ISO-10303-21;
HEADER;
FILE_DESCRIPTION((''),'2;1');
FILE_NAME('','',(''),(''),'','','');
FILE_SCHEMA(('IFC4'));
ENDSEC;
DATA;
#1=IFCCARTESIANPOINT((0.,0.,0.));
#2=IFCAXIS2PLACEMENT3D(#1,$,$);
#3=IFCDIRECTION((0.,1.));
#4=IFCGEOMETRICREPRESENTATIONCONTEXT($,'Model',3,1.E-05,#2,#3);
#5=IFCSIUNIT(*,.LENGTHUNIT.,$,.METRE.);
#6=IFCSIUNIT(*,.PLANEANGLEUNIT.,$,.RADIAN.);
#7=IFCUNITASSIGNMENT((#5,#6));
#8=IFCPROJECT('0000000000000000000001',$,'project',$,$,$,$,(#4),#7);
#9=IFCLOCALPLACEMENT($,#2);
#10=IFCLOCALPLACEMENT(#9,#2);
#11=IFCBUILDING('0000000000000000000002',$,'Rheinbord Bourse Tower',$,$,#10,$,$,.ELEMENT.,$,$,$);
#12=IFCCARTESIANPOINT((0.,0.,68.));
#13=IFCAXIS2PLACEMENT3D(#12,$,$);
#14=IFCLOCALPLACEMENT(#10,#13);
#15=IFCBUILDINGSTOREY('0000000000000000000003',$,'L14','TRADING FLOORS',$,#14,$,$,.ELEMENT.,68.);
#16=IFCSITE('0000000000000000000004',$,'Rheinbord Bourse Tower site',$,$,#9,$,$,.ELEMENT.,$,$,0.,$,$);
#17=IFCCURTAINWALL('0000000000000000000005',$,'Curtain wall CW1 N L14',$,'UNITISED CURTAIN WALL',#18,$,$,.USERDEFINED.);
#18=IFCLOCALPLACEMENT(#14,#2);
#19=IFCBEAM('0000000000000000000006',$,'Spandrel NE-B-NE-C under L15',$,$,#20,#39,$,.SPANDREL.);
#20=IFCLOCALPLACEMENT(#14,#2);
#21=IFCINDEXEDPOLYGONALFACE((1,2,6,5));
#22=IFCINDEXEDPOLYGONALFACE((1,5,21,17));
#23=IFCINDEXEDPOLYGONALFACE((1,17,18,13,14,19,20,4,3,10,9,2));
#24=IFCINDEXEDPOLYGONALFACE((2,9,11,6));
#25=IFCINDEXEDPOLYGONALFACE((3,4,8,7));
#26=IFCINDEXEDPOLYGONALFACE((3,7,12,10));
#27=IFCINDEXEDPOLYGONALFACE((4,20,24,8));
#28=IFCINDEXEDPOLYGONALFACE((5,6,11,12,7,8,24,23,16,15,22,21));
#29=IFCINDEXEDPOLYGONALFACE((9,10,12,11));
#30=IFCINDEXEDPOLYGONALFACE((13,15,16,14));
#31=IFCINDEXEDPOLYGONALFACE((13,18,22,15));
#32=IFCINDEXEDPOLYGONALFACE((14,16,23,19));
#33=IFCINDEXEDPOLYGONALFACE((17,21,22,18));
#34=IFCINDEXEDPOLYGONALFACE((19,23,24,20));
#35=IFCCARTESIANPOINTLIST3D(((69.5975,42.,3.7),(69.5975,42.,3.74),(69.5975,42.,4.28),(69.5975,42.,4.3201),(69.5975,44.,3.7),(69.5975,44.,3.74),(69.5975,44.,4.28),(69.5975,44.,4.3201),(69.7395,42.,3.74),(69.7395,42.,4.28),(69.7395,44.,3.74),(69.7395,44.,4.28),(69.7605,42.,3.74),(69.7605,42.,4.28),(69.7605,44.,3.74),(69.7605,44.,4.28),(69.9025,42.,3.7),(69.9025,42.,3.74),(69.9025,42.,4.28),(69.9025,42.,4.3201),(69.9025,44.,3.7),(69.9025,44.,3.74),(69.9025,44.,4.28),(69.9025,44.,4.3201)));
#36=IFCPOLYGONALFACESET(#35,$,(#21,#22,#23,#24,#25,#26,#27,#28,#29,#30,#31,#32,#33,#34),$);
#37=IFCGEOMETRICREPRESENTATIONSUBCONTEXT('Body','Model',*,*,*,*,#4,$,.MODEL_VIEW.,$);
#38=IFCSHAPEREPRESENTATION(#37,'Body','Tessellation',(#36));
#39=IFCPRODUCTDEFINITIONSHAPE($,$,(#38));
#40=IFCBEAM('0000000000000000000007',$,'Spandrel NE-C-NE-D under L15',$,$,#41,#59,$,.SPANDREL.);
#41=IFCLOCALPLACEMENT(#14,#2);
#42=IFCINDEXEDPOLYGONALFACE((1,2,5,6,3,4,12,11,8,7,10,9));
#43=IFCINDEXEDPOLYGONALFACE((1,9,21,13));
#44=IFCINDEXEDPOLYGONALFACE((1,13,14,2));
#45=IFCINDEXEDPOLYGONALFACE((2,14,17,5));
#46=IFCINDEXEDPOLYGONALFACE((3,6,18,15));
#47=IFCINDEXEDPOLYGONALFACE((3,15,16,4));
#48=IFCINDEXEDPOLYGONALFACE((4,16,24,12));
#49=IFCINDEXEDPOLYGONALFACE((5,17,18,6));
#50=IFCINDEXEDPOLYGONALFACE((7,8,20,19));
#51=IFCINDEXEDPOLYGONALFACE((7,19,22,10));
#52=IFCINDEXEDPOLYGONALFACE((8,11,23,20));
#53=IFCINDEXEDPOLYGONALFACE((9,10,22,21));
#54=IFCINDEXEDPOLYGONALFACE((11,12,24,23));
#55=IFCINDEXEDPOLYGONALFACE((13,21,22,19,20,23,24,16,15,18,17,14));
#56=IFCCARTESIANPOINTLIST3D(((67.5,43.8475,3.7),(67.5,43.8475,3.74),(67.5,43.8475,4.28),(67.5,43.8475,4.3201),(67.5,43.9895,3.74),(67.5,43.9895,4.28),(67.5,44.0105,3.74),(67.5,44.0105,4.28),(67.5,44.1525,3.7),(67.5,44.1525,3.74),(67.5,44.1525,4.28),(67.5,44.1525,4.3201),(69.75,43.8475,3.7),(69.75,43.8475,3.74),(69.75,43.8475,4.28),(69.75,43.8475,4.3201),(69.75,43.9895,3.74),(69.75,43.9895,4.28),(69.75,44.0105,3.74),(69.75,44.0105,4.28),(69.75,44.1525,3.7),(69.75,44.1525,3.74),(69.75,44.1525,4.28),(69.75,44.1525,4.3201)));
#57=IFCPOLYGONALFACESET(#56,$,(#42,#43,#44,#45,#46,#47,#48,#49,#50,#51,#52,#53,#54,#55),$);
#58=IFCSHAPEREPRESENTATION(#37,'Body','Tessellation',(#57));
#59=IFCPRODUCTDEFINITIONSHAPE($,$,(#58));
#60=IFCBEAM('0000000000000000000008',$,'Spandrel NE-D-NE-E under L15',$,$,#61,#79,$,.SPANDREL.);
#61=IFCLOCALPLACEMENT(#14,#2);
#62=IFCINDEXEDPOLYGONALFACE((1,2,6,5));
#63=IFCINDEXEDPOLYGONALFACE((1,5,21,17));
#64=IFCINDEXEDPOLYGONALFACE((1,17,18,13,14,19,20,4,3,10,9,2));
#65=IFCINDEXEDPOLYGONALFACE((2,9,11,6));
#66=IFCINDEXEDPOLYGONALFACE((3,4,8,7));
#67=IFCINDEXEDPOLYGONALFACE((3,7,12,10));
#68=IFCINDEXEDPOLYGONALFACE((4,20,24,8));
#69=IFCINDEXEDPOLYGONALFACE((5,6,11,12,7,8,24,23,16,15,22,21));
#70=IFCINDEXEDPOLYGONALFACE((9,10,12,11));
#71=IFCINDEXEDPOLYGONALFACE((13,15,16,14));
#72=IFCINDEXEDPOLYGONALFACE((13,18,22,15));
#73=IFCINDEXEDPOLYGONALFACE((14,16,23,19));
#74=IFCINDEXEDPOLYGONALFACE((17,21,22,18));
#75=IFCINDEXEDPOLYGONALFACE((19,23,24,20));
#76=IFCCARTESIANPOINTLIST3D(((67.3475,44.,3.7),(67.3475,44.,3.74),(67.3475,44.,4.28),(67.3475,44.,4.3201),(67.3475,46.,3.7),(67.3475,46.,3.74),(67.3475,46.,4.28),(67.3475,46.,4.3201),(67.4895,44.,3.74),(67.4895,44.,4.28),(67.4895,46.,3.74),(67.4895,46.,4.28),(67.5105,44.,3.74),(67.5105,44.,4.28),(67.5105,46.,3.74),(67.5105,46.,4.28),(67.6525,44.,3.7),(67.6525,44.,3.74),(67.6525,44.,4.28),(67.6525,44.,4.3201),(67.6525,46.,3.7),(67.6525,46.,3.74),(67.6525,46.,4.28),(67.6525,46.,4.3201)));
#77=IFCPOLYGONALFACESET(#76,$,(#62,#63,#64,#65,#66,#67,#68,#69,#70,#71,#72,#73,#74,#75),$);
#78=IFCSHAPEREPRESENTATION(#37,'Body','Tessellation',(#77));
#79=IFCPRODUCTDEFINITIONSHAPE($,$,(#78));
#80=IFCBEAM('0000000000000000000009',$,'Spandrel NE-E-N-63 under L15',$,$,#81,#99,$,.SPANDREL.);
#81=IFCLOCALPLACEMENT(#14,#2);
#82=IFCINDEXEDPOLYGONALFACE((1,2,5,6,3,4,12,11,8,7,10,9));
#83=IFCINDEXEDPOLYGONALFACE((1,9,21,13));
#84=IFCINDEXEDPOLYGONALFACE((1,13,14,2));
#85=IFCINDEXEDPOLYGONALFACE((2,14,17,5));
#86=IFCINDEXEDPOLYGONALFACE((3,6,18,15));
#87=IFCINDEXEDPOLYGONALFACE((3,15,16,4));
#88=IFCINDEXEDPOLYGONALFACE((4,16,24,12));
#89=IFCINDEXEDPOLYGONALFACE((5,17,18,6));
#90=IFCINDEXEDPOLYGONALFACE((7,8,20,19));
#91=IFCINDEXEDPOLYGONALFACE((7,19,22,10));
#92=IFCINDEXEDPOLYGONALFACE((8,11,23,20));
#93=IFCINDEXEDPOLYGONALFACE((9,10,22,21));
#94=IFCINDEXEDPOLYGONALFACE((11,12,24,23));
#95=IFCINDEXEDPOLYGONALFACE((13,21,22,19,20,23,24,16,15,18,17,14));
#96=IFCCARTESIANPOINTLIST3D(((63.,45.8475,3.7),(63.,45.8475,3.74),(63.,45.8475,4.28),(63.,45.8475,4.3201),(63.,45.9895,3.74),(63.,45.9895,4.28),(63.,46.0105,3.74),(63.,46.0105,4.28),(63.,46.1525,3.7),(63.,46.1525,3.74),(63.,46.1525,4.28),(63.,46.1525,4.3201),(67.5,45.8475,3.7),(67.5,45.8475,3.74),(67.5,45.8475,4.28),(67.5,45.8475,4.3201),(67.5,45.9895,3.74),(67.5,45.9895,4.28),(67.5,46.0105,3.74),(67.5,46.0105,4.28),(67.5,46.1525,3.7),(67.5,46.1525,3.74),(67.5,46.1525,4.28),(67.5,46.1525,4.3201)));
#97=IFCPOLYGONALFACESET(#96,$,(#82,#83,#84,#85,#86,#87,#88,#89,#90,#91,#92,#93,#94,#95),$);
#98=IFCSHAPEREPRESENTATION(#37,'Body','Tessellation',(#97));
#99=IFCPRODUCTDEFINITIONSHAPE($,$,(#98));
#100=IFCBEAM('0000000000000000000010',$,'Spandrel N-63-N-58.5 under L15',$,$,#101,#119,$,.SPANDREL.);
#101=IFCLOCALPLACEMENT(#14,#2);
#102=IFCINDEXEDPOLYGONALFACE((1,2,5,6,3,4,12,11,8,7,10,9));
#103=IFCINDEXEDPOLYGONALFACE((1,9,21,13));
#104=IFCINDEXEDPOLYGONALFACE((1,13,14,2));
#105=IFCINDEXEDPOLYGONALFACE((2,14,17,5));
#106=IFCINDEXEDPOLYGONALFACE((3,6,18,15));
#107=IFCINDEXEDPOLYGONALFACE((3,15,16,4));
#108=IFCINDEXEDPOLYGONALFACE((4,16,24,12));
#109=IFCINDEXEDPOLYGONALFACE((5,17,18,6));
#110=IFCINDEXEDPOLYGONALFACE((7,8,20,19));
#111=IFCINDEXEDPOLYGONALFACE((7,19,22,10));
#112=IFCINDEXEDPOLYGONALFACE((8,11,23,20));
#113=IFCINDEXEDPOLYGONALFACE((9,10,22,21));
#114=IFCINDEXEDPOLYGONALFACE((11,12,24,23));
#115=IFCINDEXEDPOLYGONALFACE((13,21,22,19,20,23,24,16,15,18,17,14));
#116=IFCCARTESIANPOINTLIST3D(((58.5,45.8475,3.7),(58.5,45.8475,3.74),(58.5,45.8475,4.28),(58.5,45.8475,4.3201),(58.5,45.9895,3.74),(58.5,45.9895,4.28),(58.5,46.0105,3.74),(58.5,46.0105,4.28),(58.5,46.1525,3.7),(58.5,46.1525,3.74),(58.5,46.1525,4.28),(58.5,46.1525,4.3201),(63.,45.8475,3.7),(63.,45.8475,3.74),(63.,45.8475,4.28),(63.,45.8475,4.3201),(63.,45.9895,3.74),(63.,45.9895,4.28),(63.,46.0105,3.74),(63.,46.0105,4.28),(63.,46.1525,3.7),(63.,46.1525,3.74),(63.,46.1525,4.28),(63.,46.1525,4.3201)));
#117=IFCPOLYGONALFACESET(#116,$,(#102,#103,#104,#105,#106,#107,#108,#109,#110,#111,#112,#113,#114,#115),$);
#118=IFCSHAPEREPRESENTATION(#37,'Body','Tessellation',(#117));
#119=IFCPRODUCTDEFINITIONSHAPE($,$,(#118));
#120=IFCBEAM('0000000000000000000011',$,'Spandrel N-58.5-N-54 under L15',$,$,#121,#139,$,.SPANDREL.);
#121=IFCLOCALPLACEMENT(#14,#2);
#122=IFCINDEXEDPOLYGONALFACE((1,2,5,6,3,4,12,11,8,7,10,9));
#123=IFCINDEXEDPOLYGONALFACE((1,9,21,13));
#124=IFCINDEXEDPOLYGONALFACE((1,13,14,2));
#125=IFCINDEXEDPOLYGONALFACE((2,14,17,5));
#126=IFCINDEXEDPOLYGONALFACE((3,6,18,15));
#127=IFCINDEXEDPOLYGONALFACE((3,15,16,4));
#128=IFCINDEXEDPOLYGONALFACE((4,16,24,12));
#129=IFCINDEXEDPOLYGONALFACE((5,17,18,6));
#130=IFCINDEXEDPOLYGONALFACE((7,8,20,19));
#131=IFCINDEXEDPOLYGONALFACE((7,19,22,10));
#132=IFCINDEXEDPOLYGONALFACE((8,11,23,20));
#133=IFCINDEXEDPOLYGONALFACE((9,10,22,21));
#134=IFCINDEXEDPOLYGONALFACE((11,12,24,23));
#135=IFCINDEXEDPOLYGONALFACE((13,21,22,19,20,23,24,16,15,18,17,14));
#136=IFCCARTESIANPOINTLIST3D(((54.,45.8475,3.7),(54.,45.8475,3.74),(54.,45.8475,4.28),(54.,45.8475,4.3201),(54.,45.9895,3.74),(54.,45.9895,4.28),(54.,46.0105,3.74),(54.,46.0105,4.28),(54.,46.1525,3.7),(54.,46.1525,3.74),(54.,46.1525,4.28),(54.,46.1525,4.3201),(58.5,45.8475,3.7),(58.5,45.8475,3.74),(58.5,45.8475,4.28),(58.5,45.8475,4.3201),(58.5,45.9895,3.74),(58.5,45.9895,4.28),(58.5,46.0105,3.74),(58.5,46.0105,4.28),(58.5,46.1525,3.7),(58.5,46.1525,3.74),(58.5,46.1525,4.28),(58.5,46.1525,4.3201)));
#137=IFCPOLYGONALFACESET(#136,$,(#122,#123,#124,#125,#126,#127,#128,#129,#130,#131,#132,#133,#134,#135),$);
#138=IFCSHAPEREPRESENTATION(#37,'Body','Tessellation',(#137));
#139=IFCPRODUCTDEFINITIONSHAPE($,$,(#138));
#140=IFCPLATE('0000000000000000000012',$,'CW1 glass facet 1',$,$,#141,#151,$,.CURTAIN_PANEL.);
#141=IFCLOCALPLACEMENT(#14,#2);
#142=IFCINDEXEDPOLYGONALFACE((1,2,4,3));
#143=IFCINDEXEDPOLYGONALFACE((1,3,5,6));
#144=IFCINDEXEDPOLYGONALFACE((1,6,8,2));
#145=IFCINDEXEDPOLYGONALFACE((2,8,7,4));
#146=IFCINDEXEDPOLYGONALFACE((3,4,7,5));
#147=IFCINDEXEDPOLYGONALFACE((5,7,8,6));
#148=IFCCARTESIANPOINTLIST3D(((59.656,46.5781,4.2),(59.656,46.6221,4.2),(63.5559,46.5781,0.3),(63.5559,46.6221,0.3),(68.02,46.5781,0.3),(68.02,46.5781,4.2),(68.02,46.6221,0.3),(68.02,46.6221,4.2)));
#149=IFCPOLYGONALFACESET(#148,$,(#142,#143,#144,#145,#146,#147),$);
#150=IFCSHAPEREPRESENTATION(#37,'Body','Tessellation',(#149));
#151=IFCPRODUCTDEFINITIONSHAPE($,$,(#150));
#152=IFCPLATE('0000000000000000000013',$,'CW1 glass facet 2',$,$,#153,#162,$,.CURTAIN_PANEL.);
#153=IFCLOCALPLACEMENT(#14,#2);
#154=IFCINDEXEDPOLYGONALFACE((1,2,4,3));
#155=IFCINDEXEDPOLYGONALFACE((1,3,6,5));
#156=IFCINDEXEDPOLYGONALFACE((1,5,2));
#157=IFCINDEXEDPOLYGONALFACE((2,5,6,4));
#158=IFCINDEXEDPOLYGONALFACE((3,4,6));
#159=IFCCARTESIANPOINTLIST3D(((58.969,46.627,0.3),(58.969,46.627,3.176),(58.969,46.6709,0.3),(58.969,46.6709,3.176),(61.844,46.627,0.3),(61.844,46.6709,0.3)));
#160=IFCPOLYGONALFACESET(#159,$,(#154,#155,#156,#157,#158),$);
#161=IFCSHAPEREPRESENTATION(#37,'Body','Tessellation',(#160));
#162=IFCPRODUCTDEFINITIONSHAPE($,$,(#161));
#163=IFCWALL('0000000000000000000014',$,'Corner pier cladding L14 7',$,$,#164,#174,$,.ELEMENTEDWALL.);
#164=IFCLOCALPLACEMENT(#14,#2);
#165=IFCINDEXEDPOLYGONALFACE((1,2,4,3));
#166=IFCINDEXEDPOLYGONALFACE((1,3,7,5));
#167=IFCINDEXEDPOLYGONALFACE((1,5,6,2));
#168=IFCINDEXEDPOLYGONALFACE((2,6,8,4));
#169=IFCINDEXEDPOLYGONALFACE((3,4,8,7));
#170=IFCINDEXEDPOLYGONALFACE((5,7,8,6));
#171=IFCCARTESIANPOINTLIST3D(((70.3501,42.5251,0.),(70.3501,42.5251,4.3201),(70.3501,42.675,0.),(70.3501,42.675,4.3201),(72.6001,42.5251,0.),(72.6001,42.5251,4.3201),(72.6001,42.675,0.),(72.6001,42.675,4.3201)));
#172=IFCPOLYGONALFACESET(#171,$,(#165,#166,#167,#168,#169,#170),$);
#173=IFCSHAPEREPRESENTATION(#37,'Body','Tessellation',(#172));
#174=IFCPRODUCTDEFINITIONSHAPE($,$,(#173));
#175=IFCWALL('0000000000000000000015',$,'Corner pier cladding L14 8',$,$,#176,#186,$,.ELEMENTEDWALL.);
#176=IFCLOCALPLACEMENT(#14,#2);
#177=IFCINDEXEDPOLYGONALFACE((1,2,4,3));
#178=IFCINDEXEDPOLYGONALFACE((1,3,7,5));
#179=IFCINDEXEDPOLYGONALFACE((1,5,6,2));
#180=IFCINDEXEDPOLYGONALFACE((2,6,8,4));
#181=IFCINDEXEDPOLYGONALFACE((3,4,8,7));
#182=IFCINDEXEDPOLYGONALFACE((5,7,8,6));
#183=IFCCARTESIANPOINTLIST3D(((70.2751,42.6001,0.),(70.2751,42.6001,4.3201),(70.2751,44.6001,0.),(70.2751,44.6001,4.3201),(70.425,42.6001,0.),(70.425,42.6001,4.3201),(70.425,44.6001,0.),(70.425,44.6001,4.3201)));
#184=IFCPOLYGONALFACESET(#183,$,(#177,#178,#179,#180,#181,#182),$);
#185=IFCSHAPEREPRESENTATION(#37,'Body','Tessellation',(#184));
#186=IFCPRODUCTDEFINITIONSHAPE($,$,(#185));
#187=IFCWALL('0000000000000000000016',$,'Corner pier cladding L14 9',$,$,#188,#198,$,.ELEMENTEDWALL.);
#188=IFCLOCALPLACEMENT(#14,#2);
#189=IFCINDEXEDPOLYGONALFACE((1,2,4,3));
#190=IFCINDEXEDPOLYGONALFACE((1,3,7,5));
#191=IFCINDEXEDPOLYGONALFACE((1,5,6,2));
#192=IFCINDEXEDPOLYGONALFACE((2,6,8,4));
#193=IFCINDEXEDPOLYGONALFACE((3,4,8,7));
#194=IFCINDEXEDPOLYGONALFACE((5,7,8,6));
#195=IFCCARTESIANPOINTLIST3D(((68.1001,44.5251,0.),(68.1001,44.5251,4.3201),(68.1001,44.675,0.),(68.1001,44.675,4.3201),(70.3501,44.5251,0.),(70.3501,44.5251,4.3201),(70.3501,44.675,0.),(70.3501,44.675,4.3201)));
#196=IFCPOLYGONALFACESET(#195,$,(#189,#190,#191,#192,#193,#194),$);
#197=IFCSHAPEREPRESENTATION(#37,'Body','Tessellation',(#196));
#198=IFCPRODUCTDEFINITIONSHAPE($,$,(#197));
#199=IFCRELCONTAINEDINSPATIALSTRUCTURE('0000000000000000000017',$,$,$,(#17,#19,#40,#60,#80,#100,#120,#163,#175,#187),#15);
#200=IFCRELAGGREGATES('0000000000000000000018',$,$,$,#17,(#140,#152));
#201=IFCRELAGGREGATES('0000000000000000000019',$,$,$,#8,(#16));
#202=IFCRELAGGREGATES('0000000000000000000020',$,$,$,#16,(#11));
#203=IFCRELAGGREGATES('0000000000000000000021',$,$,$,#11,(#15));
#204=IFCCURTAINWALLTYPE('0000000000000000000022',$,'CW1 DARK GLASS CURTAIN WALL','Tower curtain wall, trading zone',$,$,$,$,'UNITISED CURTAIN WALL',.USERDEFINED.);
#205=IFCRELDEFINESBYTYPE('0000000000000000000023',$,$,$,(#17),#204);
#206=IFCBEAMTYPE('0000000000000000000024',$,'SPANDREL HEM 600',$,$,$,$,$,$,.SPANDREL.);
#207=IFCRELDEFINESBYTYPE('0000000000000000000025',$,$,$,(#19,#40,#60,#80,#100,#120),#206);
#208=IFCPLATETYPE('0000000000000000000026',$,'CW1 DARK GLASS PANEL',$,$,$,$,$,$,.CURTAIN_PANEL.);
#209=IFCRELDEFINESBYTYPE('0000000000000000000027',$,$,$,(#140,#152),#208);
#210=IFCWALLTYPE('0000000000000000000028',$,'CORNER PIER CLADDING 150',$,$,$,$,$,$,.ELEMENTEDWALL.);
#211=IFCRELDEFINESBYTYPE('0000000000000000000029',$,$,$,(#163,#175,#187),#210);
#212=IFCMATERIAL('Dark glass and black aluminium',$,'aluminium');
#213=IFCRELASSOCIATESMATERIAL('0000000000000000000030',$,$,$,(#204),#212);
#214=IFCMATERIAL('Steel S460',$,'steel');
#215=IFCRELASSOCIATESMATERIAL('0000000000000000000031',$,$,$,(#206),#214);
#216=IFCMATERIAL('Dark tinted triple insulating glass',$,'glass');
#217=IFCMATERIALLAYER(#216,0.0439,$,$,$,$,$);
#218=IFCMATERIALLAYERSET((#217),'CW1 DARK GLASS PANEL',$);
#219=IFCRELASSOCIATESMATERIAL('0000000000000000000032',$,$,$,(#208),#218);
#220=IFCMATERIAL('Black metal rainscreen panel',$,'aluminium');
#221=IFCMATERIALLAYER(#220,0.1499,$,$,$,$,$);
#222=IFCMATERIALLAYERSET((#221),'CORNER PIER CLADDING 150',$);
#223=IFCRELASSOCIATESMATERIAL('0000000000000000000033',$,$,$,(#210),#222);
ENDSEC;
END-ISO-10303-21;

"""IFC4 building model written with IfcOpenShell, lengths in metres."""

from ifc_helpers import new_model, si_unit, direction, frame, frame_2d, origin, origin_2d, place, context, subcontext, project, spatial, polyline, rectangle, i_section, outline, extrude, material, layer, layer_set, material_profile, profile_set, type_object, element, aggregate, save


model = new_model("IFC4")

# Units and contexts
model_context = context("Model", 3, precision=1e-05, world=origin(), true_north=direction((0.0, 1.0)))
body_context = subcontext(model_context, "Body", "Model", "MODEL_VIEW")
ifc_project = project(units=[si_unit("LENGTHUNIT", "METRE"), si_unit("PLANEANGLEUNIT", "RADIAN")], contexts=[model_context])

# Site, building, storey
site_placement = place(None, origin())
site = spatial("IfcSite", under=ifc_project, at=site_placement, Name="Rheinbord Bourse Tower site", CompositionType="ELEMENT", RefElevation=0.0)
building_placement = place(site_placement, origin())
building = spatial("IfcBuilding", under=site, at=building_placement, Name="Rheinbord Bourse Tower", CompositionType="ELEMENT")
storey_placement = place(building_placement, frame((0.0, 0.0, 68.0)))
storey = spatial("IfcBuildingStorey", under=building, at=storey_placement, Name="L14", Description="TRADING FLOORS", CompositionType="ELEMENT", Elevation=68.0)

# Curtain wall
ifc_material_1 = material(Name="Dark glass and black aluminium", Category="aluminium")
curtain_wall_type = type_object("IfcCurtainWallType", Name="CW1 DARK GLASS CURTAIN WALL", Description="Tower curtain wall, trading zone", ElementType="UNITISED CURTAIN WALL", PredefinedType="USERDEFINED", material=ifc_material_1)
curtain_wall_1_placement = place(storey_placement, origin())
curtain_wall_1 = element("IfcCurtainWall", 1, at=curtain_wall_1_placement, inside=storey, type_object=curtain_wall_type, Name="Curtain wall CW1 N L14", ObjectType="UNITISED CURTAIN WALL", PredefinedType="USERDEFINED")

# Beams
ifc_material_2 = material(Name="Steel S460", Category="steel")
ifc_material_profile_1 = material_profile(ifc_material_2, i_section(OverallWidth=0.3049, OverallDepth=0.6201, WebThickness=0.021, FlangeThickness=0.04, at=origin_2d()), Name="HEM 600")
ifc_profile_set_1 = profile_set([ifc_material_profile_1], Name="Steel S460")
beam_type_1 = type_object("IfcBeamType", Name="SPANDREL HEM 600", PredefinedType="SPANDREL", material=ifc_profile_set_1)
beam_1_placement = place(storey_placement, frame((69.75, 42.0, 4.01), z_axis=(0.0, 1.0, 0.0), x_axis=(-1.0, 0.0, 0.0)))
element("IfcBeam", 2, at=beam_1_placement, inside=storey, type_object=beam_type_1, Name="Spandrel NE-B-NE-C under L15", PredefinedType="SPANDREL", context=body_context, shape_type="SweptSolid", body=[
    extrude(i_section(OverallWidth=0.3049, OverallDepth=0.6201, WebThickness=0.021, FlangeThickness=0.04, at=origin_2d()), origin(), (0.0, 0.0, 1.0), 2.0),
])
beam_2_placement = place(storey_placement, frame((69.75, 44.0, 4.01), z_axis=(-1.0, 0.0, 0.0), x_axis=(0.0, -1.0, 0.0)))
element("IfcBeam", 3, at=beam_2_placement, inside=storey, type_object=beam_type_1, Name="Spandrel NE-C-NE-D under L15", PredefinedType="SPANDREL", context=body_context, shape_type="SweptSolid", body=[
    extrude(i_section(OverallWidth=0.3049, OverallDepth=0.6201, WebThickness=0.021, FlangeThickness=0.04, at=origin_2d()), origin(), (0.0, 0.0, 1.0), 2.25),
])
beam_3_placement = place(storey_placement, frame((67.5, 44.0, 4.01), z_axis=(0.0, 1.0, 0.0), x_axis=(-1.0, 0.0, 0.0)))
element("IfcBeam", 4, at=beam_3_placement, inside=storey, type_object=beam_type_1, Name="Spandrel NE-D-NE-E under L15", PredefinedType="SPANDREL", context=body_context, shape_type="SweptSolid", body=[
    extrude(i_section(OverallWidth=0.3049, OverallDepth=0.6201, WebThickness=0.021, FlangeThickness=0.04, at=origin_2d()), origin(), (0.0, 0.0, 1.0), 2.0),
])
for number, where, z_axis, x_axis, name in (
    (5, (67.5, 46.0, 4.01), (-1.0, 0.0, 0.0), (0.0, -1.0, 0.0), "Spandrel NE-E-N-63 under L15"),
    (6, (63.0, 46.0, 4.01), (-1.0, 0.0, 0.0), (0.0, -1.0, 0.0), "Spandrel N-63-N-58.5 under L15"),
    (7, (58.5, 46.0, 4.01), (-1.0, 0.0, 0.0), (0.0, -1.0, 0.0), "Spandrel N-58.5-N-54 under L15"),
):
    element("IfcBeam", number, at=place(storey_placement, frame(where, z_axis=z_axis, x_axis=x_axis)), inside=storey, type_object=beam_type_1, Name=name, PredefinedType="SPANDREL", context=body_context, shape_type="SweptSolid", body=[
        extrude(i_section(OverallWidth=0.3049, OverallDepth=0.6201, WebThickness=0.021, FlangeThickness=0.04, at=origin_2d()), origin(), (0.0, 0.0, 1.0), 4.5),
    ])

# Plates
ifc_material_3 = material(Name="Dark tinted triple insulating glass", Category="glass")
ifc_layer_1 = layer(ifc_material_3, 0.0439)
ifc_layer_set_1 = layer_set([ifc_layer_1], Name="CW1 DARK GLASS PANEL")
plate_type = type_object("IfcPlateType", Name="CW1 DARK GLASS PANEL", PredefinedType="CURTAIN_PANEL", material=ifc_layer_set_1)
plate_1_placement = place(storey_placement, frame((68.02, 46.6221, 0.3), z_axis=(0.0, -1.0, 0.0), x_axis=(0.0, 0.0, 1.0)))
plate_1 = element("IfcPlate", 8, at=plate_1_placement, type_object=plate_type, Name="CW1 glass facet 1", PredefinedType="CURTAIN_PANEL", context=body_context, shape_type="SweptSolid", body=[
    extrude(outline(polyline([(0.0, 0.0), (3.8999, 0.0), (3.8999, 8.364), (0.0, 4.4641), (0.0, 0.0)])), origin(), (0.0, 0.0, 1.0), 0.0439),
])
plate_2_placement = place(storey_placement, frame((58.969, 46.6709, 0.3), z_axis=(0.0, -1.0, 0.0), x_axis=(1.0, 0.0, 0.0)))
plate_2 = element("IfcPlate", 9, at=plate_2_placement, type_object=plate_type, Name="CW1 glass facet 2", PredefinedType="CURTAIN_PANEL", context=body_context, shape_type="SweptSolid", body=[
    extrude(outline(polyline([(0.0, 0.0), (2.875, 0.0), (0.0, 2.876), (0.0, 0.0)])), origin(), (0.0, 0.0, 1.0), 0.0439),
])
aggregate(curtain_wall_1, [plate_1, plate_2])

# Walls
ifc_material_4 = material(Name="Black metal rainscreen panel", Category="aluminium")
ifc_layer_2 = layer(ifc_material_4, 0.1499)
ifc_layer_set_2 = layer_set([ifc_layer_2], Name="CORNER PIER CLADDING 150")
wall_type = type_object("IfcWallType", Name="CORNER PIER CLADDING 150", PredefinedType="ELEMENTEDWALL", material=ifc_layer_set_2)
wall_1_placement = place(storey_placement, frame((72.6001, 42.6001, 0.0), z_axis=(0.0, 0.0, 1.0), x_axis=(-1.0, 0.0, 0.0)))
element("IfcWall", 10, at=wall_1_placement, inside=storey, type_object=wall_type, Name="Corner pier cladding L14 7", PredefinedType="ELEMENTEDWALL", context=body_context, shape_type="SweptSolid", body=[
    extrude(rectangle(XDim=2.25, YDim=0.1499, at=frame_2d((1.125, 0.0))), origin(), (0.0, 0.0, 1.0), 4.3201),
])
wall_2_placement = place(storey_placement, frame((70.3501, 42.6001, 0.0), z_axis=(0.0, 0.0, 1.0), x_axis=(0.0, 1.0, 0.0)))
element("IfcWall", 11, at=wall_2_placement, inside=storey, type_object=wall_type, Name="Corner pier cladding L14 8", PredefinedType="ELEMENTEDWALL", context=body_context, shape_type="SweptSolid", body=[
    extrude(rectangle(XDim=2.0, YDim=0.1499, at=frame_2d((1.0, 0.0))), origin(), (0.0, 0.0, 1.0), 4.3201),
])
wall_3_placement = place(storey_placement, frame((70.3501, 44.6001, 0.0), z_axis=(0.0, 0.0, 1.0), x_axis=(-1.0, 0.0, 0.0)))
element("IfcWall", 12, at=wall_3_placement, inside=storey, type_object=wall_type, Name="Corner pier cladding L14 9", PredefinedType="ELEMENTEDWALL", context=body_context, shape_type="SweptSolid", body=[
    extrude(rectangle(XDim=2.25, YDim=0.1499, at=frame_2d((1.125, 0.0))), origin(), (0.0, 0.0, 1.0), 4.3201),
])

save(model, "model.ifc")
